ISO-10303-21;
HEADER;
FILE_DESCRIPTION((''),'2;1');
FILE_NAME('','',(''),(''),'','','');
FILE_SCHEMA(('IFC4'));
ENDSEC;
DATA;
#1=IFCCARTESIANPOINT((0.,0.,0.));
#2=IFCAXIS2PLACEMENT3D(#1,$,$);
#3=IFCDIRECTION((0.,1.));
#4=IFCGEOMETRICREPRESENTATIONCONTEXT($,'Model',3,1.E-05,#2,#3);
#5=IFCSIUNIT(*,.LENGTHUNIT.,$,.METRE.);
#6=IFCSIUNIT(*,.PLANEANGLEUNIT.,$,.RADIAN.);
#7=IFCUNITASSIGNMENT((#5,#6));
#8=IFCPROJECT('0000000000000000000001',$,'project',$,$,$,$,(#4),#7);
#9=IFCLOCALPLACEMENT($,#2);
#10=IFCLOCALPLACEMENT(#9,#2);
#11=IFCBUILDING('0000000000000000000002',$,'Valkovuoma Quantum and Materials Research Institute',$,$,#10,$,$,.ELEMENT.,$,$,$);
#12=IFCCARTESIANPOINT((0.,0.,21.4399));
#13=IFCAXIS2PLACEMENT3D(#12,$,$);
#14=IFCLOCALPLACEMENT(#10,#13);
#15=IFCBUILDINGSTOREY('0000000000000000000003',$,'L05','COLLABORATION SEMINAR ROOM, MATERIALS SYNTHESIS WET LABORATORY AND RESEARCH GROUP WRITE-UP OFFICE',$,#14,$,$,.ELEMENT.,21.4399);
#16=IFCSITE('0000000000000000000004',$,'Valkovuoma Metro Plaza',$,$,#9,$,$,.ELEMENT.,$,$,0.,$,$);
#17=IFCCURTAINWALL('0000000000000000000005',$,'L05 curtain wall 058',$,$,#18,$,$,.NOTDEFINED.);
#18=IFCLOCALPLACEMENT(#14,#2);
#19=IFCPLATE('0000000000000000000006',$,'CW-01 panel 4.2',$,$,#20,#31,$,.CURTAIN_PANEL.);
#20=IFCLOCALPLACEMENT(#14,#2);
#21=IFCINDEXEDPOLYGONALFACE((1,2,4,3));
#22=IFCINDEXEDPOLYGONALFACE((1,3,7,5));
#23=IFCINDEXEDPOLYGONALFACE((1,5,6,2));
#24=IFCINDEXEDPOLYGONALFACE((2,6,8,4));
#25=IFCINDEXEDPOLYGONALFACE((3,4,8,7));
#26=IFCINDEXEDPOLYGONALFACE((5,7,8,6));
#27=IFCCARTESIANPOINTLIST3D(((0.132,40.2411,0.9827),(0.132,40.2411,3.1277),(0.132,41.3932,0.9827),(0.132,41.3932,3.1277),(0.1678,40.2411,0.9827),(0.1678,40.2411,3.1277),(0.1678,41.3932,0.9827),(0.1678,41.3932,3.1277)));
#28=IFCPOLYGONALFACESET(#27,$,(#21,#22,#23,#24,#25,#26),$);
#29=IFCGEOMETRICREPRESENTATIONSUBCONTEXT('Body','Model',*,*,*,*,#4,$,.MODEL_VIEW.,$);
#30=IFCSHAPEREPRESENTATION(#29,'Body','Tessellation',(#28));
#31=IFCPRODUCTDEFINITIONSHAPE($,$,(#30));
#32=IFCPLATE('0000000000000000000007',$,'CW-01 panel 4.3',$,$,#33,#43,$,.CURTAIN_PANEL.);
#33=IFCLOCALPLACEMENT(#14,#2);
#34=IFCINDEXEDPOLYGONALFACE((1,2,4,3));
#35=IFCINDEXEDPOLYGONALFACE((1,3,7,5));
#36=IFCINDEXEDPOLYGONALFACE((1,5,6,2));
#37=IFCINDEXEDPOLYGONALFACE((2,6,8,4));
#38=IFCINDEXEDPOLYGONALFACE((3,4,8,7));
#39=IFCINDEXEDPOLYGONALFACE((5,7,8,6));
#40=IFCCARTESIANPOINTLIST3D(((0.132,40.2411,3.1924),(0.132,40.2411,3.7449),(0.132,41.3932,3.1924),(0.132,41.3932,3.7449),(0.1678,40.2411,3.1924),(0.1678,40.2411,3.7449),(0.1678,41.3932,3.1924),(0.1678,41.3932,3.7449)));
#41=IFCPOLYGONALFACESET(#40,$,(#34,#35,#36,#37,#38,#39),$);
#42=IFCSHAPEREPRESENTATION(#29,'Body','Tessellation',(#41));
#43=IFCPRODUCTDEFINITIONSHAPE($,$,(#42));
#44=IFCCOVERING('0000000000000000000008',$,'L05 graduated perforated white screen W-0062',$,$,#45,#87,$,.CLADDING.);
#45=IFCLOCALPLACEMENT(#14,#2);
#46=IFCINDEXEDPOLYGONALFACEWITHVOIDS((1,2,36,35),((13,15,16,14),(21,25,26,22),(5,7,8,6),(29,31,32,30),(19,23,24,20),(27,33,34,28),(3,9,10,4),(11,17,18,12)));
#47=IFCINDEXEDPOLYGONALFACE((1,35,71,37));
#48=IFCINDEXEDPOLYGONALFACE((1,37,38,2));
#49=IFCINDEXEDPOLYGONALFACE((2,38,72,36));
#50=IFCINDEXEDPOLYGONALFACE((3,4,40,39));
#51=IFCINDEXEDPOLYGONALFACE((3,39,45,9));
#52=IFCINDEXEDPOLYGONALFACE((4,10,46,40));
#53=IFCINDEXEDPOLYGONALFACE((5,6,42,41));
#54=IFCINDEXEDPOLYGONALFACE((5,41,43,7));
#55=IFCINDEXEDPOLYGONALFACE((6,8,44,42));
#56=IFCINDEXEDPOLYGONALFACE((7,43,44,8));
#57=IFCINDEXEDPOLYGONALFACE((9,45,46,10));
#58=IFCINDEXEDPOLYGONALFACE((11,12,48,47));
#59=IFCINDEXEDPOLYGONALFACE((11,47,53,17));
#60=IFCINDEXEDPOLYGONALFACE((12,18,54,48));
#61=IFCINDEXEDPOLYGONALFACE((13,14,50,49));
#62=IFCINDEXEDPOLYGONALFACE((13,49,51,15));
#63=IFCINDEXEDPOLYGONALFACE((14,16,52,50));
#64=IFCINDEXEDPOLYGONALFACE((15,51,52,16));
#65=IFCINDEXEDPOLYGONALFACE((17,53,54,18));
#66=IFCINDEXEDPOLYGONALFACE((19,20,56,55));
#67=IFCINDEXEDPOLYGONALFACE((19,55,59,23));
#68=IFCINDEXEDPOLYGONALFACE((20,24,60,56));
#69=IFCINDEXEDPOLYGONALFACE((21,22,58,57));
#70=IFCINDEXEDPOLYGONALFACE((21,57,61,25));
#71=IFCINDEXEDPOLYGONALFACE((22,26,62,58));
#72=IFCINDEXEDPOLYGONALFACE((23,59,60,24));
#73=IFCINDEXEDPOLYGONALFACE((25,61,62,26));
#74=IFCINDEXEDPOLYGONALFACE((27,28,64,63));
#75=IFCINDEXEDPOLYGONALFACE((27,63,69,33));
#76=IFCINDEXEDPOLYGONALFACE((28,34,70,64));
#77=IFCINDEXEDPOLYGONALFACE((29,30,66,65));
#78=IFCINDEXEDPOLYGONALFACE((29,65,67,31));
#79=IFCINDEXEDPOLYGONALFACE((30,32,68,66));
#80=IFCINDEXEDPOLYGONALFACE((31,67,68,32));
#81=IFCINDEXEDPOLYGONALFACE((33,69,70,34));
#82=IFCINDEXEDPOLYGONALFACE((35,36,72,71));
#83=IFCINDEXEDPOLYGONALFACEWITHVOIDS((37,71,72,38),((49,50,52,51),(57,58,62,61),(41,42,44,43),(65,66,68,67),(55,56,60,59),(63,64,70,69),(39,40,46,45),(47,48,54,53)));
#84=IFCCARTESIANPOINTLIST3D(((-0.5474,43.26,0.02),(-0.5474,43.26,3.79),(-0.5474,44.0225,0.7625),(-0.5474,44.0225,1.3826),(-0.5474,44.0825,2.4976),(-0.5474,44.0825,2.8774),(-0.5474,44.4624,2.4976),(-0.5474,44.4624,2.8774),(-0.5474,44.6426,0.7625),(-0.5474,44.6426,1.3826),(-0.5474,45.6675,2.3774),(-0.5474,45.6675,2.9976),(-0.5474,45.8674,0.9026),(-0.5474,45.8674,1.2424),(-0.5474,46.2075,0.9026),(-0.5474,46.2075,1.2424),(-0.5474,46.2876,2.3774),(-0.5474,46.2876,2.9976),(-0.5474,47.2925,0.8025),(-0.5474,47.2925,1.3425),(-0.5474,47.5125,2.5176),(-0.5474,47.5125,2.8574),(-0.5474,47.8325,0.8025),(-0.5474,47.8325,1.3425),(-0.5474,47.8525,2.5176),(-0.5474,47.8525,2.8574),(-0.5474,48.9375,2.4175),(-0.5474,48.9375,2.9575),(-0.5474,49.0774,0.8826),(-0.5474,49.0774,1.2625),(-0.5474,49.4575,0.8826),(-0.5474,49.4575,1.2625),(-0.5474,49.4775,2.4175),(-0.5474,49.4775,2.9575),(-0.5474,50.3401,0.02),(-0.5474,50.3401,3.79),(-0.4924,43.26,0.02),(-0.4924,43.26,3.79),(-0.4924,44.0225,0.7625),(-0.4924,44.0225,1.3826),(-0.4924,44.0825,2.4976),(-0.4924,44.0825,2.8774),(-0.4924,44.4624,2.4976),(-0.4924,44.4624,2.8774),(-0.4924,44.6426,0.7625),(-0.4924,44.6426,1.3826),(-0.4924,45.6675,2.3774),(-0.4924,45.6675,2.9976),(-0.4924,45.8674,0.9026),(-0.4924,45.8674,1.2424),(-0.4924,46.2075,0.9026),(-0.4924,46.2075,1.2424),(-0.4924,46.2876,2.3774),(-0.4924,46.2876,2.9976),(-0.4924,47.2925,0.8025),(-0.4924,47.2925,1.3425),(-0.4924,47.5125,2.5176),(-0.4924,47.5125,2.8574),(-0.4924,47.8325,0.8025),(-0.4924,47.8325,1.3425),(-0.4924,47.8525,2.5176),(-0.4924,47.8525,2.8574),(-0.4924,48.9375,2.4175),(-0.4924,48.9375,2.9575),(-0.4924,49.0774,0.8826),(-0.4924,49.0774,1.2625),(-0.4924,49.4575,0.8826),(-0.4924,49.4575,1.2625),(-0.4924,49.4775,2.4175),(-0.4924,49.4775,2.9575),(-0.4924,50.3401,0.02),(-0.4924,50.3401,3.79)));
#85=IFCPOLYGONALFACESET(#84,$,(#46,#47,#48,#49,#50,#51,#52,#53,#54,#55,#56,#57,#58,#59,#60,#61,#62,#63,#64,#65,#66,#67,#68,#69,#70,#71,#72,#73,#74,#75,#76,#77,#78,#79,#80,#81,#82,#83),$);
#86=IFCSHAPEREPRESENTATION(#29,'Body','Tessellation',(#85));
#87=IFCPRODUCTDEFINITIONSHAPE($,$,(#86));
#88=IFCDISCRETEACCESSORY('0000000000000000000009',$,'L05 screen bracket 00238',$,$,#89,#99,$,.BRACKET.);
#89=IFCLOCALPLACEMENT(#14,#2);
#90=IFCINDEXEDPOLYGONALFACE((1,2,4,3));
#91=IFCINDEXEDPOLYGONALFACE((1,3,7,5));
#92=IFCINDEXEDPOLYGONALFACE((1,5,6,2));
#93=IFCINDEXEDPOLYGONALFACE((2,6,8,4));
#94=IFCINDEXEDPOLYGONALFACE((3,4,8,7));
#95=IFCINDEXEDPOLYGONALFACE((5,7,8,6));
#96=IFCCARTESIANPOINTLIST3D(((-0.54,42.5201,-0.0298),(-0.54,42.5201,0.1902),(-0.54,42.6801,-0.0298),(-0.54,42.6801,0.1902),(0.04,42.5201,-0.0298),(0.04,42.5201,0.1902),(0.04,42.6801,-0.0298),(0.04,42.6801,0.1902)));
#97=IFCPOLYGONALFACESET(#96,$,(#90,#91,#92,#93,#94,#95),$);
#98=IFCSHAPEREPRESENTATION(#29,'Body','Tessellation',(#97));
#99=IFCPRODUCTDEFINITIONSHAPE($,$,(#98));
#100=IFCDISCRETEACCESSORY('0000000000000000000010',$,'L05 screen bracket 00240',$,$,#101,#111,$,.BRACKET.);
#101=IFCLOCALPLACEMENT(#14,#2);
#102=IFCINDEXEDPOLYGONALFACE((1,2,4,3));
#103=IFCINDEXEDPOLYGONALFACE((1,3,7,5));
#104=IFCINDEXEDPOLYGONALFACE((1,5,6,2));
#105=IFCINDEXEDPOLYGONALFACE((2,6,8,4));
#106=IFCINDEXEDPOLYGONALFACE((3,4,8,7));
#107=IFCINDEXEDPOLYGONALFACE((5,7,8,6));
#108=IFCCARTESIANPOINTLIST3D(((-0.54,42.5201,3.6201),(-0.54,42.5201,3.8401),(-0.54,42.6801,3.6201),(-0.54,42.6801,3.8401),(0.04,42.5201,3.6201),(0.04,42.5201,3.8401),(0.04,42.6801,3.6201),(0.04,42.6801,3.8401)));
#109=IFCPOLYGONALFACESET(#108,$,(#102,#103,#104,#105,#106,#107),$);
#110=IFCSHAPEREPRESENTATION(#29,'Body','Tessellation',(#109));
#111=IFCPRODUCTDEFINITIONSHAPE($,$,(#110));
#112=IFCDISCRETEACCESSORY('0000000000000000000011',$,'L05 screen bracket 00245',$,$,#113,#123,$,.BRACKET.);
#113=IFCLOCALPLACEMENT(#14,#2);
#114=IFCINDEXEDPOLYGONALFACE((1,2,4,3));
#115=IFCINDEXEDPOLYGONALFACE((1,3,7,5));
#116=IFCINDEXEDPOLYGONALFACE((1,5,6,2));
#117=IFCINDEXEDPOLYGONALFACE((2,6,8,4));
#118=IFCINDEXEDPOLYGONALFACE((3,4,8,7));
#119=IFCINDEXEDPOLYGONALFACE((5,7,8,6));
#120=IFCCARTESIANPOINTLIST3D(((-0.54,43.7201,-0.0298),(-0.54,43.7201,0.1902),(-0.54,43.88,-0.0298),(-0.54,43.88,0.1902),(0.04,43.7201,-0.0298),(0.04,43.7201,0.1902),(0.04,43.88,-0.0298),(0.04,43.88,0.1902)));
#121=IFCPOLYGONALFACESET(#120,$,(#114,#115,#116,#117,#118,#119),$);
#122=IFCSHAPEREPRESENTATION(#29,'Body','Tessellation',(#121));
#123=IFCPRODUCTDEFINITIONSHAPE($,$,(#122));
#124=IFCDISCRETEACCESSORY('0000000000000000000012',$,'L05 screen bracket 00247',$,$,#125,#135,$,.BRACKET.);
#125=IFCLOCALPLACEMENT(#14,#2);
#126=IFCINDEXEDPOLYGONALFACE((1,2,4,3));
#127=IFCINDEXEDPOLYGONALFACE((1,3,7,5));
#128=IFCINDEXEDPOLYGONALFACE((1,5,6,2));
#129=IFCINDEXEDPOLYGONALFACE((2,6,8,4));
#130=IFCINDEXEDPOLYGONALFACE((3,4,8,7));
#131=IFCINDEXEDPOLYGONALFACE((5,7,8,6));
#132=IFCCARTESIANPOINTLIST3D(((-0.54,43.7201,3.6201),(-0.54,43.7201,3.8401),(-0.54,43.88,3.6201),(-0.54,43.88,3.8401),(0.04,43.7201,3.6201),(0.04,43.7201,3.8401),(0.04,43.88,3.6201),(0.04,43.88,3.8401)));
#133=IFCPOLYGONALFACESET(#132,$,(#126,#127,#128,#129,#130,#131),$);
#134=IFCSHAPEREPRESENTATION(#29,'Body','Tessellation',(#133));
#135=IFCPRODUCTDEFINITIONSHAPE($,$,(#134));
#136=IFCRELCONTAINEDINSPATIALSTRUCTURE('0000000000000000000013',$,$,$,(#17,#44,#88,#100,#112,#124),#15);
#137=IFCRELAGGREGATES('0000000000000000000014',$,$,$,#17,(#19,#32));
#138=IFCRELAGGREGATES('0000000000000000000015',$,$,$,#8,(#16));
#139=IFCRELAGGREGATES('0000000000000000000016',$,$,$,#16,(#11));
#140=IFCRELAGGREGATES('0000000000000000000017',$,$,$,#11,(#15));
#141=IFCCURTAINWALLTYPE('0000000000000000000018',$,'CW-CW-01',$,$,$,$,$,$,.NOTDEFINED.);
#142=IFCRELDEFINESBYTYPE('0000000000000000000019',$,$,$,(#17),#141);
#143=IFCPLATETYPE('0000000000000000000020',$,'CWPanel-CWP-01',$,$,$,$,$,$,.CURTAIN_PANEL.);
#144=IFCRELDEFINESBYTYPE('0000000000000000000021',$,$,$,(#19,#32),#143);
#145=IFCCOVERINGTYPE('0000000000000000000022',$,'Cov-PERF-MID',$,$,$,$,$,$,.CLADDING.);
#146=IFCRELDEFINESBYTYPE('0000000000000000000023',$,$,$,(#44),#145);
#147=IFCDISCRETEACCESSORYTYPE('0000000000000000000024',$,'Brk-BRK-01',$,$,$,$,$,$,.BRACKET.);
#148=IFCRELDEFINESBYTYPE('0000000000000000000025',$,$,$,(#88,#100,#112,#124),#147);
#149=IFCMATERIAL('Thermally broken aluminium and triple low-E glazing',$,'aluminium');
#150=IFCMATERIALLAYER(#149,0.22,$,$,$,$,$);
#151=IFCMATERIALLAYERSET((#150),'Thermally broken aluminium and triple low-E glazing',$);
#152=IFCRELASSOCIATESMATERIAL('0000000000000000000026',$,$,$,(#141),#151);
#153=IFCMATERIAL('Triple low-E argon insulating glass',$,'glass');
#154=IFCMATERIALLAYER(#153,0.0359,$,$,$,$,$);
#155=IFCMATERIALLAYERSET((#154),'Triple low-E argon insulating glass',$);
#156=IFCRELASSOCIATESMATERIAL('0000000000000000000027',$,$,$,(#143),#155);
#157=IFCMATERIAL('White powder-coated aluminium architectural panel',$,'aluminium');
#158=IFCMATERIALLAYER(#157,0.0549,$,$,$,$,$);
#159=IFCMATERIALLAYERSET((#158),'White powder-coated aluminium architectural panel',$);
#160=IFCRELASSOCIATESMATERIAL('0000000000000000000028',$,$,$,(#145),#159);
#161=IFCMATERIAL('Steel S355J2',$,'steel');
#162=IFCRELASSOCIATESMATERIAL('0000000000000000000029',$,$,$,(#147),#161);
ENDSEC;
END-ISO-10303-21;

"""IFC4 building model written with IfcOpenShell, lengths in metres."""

from ifc_helpers import new_model, si_unit, direction, frame, origin, origin_2d, place, context, subcontext, project, spatial, polyline, rectangle, outline, extrude, material, layer, layer_set, type_object, element, aggregate, save


model = new_model("IFC4")

# Units and contexts
model_context = context("Model", 3, precision=1e-05, world=origin(), true_north=direction((0.0, 1.0)))
body_context = subcontext(model_context, "Body", "Model", "MODEL_VIEW")
ifc_project = project(units=[si_unit("LENGTHUNIT", "METRE"), si_unit("PLANEANGLEUNIT", "RADIAN")], contexts=[model_context])

# Site, building, storey
site_placement = place(None, origin())
site = spatial("IfcSite", under=ifc_project, at=site_placement, Name="Valkovuoma Metro Plaza", CompositionType="ELEMENT", RefElevation=0.0)
building_placement = place(site_placement, origin())
building = spatial("IfcBuilding", under=site, at=building_placement, Name="Valkovuoma Quantum and Materials Research Institute", CompositionType="ELEMENT")
storey_placement = place(building_placement, frame((0.0, 0.0, 21.4399)))
storey = spatial("IfcBuildingStorey", under=building, at=storey_placement, Name="L05", Description="COLLABORATION SEMINAR ROOM, MATERIALS SYNTHESIS WET LABORATORY AND RESEARCH GROUP WRITE-UP OFFICE", CompositionType="ELEMENT", Elevation=21.4399)

# Curtain wall, plates
ifc_material_1 = material(Name="Thermally broken aluminium and triple low-E glazing", Category="aluminium")
ifc_layer_1 = layer(ifc_material_1, 0.22)
ifc_layer_set_1 = layer_set([ifc_layer_1], Name="Thermally broken aluminium and triple low-E glazing")
curtain_wall_type = type_object("IfcCurtainWallType", Name="CW-CW-01", PredefinedType="NOTDEFINED", material=ifc_layer_set_1)
curtain_wall_placement = place(storey_placement, origin())
curtain_wall = element("IfcCurtainWall", 1, at=curtain_wall_placement, inside=storey, type_object=curtain_wall_type, Name="L05 curtain wall 058", PredefinedType="NOTDEFINED")
ifc_material_2 = material(Name="Triple low-E argon insulating glass", Category="glass")
ifc_layer_2 = layer(ifc_material_2, 0.0359)
ifc_layer_set_2 = layer_set([ifc_layer_2], Name="Triple low-E argon insulating glass")
plate_type = type_object("IfcPlateType", Name="CWPanel-CWP-01", PredefinedType="CURTAIN_PANEL", material=ifc_layer_set_2)
plate_1_placement = place(storey_placement, frame((0.1499, 40.8171, 0.9827), z_axis=(0.0, 0.0, 1.0), x_axis=(0.0, 1.0, 0.0)))
plate_1 = element("IfcPlate", 2, at=plate_1_placement, type_object=plate_type, Name="CW-01 panel 4.2", PredefinedType="CURTAIN_PANEL", context=body_context, shape_type="SweptSolid", body=[
    extrude(rectangle(XDim=1.1521, YDim=0.0359, at=origin_2d()), origin(), (0.0, 0.0, 1.0), 2.145),
])
plate_2_placement = place(storey_placement, frame((0.1499, 40.8171, 3.1924), z_axis=(0.0, 0.0, 1.0), x_axis=(0.0, 1.0, 0.0)))
plate_2 = element("IfcPlate", 3, at=plate_2_placement, type_object=plate_type, Name="CW-01 panel 4.3", PredefinedType="CURTAIN_PANEL", context=body_context, shape_type="SweptSolid", body=[
    extrude(rectangle(XDim=1.1521, YDim=0.0359, at=origin_2d()), origin(), (0.0, 0.0, 1.0), 0.5525),
])
aggregate(curtain_wall, [plate_1, plate_2])

# Covering
ifc_material_3 = material(Name="White powder-coated aluminium architectural panel", Category="aluminium")
ifc_layer_3 = layer(ifc_material_3, 0.0549)
ifc_layer_set_3 = layer_set([ifc_layer_3], Name="White powder-coated aluminium architectural panel")
covering_type = type_object("IfcCoveringType", Name="Cov-PERF-MID", PredefinedType="CLADDING", material=ifc_layer_set_3)
covering_placement = place(storey_placement, frame((-0.52, 43.26, 0.02), z_axis=(0.0, 0.0, 1.0), x_axis=(0.0, 1.0, 0.0)))
element("IfcCovering", 4, at=covering_placement, inside=storey, type_object=covering_type, Name="L05 graduated perforated white screen W-0062", PredefinedType="CLADDING", context=body_context, shape_type="SweptSolid", body=[
    extrude(outline(polyline([(0.0, 0.0), (7.0801, 0.0), (7.0801, 3.77), (0.0, 3.77), (0.0, 0.0)]), holes=[polyline([(0.7625, 0.7424), (0.7625, 1.3625), (1.3826, 1.3625), (1.3826, 0.7424), (0.7625, 0.7424)]), polyline([(0.8225, 2.4775), (0.8225, 2.8574), (1.2024, 2.8574), (1.2024, 2.4775), (0.8225, 2.4775)]), polyline([(2.6074, 0.8826), (2.6074, 1.2224), (2.9475, 1.2224), (2.9475, 0.8826), (2.6074, 0.8826)]), polyline([(2.4075, 2.3574), (2.4075, 2.9775), (3.0276, 2.9775), (3.0276, 2.3574), (2.4075, 2.3574)]), polyline([(4.0325, 0.7825), (4.0325, 1.3225), (4.5725, 1.3225), (4.5725, 0.7825), (4.0325, 0.7825)]), polyline([(4.2524, 2.4976), (4.2524, 2.8374), (4.5925, 2.8374), (4.5925, 2.4976), (4.2524, 2.4976)]), polyline([(5.8174, 0.8625), (5.8174, 1.2424), (6.1975, 1.2424), (6.1975, 0.8625), (5.8174, 0.8625)]), polyline([(5.6775, 2.3975), (5.6775, 2.9375), (6.2175, 2.9375), (6.2175, 2.3975), (5.6775, 2.3975)])]), frame((0.0, 0.0273, 0.0), z_axis=(0.0, -1.0, 0.0), x_axis=(1.0, 0.0, 0.0)), (0.0, 0.0, 1.0), 0.0549),
])

# Discrete accessories
ifc_material_4 = material(Name="Steel S355J2", Category="steel")
discrete_accessory_type = type_object("IfcDiscreteAccessoryType", Name="Brk-BRK-01", PredefinedType="BRACKET", material=ifc_material_4)
for number, where, z_axis, x_axis, name in (
    (5, (-0.25, 42.6001, -0.0298), (0.0, 0.0, 1.0), (1.0, 0.0, 0.0), "L05 screen bracket 00238"),
    (6, (-0.25, 42.6001, 3.6201), (0.0, 0.0, 1.0), (1.0, 0.0, 0.0), "L05 screen bracket 00240"),
    (7, (-0.25, 43.8, -0.0298), (0.0, 0.0, 1.0), (1.0, 0.0, 0.0), "L05 screen bracket 00245"),
    (8, (-0.25, 43.8, 3.6201), (0.0, 0.0, 1.0), (1.0, 0.0, 0.0), "L05 screen bracket 00247"),
):
    element("IfcDiscreteAccessory", number, at=place(storey_placement, frame(where, z_axis=z_axis, x_axis=x_axis)), inside=storey, type_object=discrete_accessory_type, Name=name, PredefinedType="BRACKET", context=body_context, shape_type="SweptSolid", body=[
        extrude(rectangle(XDim=0.5801, YDim=0.1599, at=origin_2d()), origin(), (0.0, 0.0, 1.0), 0.22),
    ])

save(model, "model.ifc")
